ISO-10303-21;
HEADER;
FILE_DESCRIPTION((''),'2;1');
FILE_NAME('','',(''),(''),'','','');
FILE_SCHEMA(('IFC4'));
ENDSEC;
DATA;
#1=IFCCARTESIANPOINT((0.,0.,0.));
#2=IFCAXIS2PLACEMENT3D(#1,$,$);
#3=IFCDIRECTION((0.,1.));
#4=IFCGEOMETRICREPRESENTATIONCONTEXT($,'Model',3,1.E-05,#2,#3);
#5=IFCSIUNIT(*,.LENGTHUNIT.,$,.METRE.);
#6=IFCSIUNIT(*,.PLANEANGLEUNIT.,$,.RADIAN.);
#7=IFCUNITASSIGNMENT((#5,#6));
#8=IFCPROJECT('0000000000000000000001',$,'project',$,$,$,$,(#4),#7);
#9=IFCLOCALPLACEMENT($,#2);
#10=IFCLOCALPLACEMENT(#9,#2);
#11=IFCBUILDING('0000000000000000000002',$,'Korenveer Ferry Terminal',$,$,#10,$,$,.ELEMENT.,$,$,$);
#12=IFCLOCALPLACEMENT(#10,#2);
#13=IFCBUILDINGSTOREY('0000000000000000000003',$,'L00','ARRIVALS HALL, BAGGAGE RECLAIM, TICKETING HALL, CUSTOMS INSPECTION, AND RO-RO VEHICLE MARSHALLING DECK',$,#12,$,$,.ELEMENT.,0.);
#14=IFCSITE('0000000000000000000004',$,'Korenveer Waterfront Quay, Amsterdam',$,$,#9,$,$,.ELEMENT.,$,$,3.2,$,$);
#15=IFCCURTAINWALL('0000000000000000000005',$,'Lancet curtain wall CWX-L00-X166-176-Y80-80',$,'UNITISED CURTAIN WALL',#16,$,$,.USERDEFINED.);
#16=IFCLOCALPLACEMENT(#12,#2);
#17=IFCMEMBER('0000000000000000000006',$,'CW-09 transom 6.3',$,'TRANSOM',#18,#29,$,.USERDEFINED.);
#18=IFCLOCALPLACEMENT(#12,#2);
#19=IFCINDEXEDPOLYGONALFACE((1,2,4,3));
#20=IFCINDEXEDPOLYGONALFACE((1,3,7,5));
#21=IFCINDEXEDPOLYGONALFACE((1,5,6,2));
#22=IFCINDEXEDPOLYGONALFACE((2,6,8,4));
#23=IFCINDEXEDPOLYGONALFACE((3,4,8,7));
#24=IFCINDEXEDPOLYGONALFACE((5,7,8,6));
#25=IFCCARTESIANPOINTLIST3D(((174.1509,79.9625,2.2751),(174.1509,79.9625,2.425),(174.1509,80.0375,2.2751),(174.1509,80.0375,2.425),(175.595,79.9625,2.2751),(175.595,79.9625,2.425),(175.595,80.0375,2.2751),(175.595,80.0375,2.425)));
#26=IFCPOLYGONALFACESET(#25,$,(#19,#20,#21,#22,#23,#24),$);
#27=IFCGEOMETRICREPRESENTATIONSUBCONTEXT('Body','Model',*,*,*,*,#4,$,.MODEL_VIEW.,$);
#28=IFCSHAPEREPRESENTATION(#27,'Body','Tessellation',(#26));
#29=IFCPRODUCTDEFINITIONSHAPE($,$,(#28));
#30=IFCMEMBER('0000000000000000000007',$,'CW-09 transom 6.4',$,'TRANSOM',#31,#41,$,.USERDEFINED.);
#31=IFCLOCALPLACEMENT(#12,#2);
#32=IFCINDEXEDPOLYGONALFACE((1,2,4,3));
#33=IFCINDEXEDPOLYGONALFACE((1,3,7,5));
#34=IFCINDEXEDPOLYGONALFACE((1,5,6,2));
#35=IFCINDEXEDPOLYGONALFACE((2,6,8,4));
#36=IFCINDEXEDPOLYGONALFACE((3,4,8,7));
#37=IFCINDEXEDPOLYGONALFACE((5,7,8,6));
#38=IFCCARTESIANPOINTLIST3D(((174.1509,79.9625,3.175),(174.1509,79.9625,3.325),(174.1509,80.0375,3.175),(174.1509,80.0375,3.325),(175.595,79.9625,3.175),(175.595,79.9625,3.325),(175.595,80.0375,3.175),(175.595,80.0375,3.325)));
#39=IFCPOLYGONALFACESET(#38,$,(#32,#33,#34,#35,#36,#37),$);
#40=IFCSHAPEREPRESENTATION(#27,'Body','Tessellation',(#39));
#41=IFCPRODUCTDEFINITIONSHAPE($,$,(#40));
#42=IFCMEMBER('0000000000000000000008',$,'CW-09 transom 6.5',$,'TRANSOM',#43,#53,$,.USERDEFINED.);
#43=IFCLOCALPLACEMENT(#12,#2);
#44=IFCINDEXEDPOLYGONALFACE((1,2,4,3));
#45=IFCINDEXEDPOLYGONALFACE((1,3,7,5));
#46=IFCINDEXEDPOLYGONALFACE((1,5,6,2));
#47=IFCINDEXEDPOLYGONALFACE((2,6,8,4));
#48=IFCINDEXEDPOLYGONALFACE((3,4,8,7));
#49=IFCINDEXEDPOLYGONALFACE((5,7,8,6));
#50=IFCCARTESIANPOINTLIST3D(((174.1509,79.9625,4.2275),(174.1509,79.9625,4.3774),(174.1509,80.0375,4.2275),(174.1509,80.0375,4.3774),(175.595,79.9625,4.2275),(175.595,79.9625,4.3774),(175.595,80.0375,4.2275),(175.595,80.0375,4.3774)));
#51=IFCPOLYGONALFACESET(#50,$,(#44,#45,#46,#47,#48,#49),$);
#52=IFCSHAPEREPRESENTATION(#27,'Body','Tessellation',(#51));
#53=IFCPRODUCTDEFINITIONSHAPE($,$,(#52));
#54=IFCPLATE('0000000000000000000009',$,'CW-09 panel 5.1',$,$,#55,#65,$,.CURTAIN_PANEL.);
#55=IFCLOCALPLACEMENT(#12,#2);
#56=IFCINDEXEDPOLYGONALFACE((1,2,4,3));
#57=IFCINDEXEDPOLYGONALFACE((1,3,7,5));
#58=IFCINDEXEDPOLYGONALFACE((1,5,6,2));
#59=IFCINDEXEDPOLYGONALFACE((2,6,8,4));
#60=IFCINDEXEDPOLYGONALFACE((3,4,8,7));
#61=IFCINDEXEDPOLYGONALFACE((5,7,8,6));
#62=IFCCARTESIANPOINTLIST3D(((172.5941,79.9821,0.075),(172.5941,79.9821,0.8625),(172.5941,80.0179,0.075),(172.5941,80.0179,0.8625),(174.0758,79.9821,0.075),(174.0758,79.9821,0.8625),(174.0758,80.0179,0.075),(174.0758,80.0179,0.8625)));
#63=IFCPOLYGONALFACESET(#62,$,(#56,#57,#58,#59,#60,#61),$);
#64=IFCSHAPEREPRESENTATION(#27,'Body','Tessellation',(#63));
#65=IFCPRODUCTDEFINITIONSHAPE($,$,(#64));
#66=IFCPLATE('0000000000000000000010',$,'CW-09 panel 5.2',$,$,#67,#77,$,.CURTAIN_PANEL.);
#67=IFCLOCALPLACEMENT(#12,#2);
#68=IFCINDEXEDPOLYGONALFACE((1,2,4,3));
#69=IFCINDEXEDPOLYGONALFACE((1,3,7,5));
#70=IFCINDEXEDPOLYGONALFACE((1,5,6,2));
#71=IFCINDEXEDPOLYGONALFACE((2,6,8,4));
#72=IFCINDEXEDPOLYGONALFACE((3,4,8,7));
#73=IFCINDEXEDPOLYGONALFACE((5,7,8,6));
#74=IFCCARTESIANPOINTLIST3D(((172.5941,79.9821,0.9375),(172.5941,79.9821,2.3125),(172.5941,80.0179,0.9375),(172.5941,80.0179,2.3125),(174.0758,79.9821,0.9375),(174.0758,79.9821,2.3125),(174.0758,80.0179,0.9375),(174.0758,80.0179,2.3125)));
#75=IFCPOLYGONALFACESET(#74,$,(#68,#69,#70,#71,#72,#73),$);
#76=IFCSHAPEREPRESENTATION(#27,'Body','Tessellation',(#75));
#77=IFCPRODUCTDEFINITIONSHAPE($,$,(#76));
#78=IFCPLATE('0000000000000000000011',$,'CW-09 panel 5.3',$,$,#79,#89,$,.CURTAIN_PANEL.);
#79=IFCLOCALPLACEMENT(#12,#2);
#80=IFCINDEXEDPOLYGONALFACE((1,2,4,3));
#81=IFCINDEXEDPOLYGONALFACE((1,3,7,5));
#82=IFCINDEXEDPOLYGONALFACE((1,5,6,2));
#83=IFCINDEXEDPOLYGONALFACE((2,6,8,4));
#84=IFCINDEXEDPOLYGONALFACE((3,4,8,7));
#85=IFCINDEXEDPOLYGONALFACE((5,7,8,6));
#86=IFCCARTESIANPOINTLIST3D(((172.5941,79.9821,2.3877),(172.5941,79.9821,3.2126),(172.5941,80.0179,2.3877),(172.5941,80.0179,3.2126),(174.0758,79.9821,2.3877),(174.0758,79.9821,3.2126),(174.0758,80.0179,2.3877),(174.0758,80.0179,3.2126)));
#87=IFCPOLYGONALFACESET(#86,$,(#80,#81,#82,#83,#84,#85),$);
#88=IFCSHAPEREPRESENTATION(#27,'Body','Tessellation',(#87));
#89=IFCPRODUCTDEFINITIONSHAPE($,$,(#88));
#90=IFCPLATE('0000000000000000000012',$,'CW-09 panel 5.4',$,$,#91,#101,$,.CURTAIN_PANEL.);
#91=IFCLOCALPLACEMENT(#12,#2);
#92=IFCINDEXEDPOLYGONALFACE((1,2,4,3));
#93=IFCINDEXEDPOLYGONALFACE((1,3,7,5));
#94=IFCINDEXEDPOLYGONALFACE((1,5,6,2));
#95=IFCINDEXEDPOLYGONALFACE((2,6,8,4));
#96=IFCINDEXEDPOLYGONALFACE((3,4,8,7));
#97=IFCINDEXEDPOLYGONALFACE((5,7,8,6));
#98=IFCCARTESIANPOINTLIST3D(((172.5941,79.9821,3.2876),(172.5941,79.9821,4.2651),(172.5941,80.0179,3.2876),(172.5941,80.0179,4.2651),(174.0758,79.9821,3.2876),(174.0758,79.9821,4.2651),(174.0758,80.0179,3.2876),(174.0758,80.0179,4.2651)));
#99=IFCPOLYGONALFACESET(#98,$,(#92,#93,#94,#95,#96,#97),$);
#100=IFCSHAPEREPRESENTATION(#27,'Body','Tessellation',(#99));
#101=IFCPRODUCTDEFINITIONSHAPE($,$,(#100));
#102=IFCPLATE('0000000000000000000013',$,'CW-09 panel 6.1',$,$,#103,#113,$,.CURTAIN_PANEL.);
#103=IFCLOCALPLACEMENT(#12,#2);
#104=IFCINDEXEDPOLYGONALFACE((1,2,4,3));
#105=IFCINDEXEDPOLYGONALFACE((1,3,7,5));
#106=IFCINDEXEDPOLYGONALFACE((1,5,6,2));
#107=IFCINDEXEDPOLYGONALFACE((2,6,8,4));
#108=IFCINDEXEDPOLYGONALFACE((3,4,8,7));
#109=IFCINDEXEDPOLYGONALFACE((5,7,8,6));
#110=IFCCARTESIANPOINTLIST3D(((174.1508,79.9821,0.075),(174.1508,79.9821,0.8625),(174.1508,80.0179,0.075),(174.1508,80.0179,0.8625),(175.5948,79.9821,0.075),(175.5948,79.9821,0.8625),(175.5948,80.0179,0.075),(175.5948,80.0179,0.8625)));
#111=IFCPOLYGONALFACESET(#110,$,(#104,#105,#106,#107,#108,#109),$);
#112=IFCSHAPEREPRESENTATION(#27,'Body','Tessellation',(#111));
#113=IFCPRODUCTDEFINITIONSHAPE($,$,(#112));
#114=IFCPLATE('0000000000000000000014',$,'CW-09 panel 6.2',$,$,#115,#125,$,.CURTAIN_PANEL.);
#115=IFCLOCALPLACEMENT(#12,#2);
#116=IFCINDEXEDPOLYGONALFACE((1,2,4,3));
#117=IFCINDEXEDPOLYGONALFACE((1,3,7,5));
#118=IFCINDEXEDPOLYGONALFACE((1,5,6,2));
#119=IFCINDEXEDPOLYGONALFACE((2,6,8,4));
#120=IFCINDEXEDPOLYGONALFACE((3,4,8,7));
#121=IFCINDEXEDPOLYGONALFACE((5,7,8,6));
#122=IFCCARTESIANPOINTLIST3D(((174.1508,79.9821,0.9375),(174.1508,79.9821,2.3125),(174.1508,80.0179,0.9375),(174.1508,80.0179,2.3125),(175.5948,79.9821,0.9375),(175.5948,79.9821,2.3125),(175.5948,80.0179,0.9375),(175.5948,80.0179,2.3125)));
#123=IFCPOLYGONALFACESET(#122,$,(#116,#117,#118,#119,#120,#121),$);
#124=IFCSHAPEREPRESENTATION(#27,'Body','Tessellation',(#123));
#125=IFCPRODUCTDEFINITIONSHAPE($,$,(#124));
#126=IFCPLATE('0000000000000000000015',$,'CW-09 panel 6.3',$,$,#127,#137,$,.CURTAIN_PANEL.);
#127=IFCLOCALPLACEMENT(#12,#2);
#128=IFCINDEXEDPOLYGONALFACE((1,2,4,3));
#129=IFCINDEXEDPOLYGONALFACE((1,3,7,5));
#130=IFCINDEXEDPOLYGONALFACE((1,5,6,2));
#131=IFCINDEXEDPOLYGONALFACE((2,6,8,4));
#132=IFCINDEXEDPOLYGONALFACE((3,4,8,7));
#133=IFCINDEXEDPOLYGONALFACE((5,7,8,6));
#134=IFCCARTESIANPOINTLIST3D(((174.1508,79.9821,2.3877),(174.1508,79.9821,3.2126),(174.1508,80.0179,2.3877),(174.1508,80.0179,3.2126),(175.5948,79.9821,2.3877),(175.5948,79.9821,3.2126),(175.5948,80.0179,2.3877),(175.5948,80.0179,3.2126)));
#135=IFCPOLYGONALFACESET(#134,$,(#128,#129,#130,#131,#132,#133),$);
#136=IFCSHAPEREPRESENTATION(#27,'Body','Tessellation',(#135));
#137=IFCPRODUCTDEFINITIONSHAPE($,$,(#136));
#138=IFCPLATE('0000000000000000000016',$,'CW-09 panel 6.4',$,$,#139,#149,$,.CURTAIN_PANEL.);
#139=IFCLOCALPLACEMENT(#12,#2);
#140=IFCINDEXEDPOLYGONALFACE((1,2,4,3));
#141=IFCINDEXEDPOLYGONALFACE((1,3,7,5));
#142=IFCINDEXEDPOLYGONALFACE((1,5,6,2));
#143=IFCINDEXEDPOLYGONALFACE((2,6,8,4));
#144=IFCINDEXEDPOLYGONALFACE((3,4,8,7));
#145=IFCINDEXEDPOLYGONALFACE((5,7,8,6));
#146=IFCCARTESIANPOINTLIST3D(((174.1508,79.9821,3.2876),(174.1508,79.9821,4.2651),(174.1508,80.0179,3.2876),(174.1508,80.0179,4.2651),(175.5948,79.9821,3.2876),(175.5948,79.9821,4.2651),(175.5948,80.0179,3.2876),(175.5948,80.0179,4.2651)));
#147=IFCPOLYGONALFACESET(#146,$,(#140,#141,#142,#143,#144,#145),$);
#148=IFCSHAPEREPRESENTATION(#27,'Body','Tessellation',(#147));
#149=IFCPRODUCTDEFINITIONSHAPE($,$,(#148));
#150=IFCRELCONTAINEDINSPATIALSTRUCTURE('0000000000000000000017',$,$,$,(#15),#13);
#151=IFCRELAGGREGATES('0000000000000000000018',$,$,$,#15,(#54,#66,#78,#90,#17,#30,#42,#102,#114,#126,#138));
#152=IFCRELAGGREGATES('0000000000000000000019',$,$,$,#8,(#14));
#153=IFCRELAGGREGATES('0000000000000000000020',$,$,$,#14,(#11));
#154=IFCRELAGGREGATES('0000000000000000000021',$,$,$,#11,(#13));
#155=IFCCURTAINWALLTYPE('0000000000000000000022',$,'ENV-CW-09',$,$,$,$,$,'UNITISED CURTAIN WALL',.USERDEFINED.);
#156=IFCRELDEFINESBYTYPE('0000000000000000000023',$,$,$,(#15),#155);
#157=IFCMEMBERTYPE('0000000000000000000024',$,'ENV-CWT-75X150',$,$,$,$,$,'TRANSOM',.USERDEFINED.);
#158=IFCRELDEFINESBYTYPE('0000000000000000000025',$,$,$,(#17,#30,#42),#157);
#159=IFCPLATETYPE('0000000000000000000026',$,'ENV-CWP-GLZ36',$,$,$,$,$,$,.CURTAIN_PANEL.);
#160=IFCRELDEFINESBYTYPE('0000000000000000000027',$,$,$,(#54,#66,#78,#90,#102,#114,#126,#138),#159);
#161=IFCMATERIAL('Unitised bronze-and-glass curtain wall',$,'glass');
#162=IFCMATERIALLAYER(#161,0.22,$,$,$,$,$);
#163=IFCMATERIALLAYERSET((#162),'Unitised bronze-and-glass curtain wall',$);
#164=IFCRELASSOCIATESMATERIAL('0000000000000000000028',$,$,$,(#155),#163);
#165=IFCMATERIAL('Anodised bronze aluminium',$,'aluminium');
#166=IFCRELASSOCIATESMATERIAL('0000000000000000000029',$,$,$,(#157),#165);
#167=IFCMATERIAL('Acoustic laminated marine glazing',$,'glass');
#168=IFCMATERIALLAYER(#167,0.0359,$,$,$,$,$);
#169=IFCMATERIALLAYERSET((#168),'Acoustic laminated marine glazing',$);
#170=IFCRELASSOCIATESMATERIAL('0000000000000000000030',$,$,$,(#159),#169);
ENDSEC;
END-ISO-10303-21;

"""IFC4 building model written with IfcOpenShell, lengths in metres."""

from ifc_helpers import new_model, si_unit, direction, frame, origin, origin_2d, place, context, subcontext, project, spatial, rectangle, extrude, material, layer, layer_set, material_profile, profile_set, type_object, element, aggregate, save


model = new_model("IFC4")

# Units and contexts
model_context = context("Model", 3, precision=1e-05, world=origin(), true_north=direction((0.0, 1.0)))
body_context = subcontext(model_context, "Body", "Model", "MODEL_VIEW")
ifc_project = project(units=[si_unit("LENGTHUNIT", "METRE"), si_unit("PLANEANGLEUNIT", "RADIAN")], contexts=[model_context])

# Site, building, storey
site_placement = place(None, origin())
site = spatial("IfcSite", under=ifc_project, at=site_placement, Name="Korenveer Waterfront Quay, Amsterdam", CompositionType="ELEMENT", RefElevation=3.2)
building_placement = place(site_placement, origin())
building = spatial("IfcBuilding", under=site, at=building_placement, Name="Korenveer Ferry Terminal", CompositionType="ELEMENT")
storey_placement = place(building_placement, origin())
storey = spatial("IfcBuildingStorey", under=building, at=storey_placement, Name="L00", Description="ARRIVALS HALL, BAGGAGE RECLAIM, TICKETING HALL, CUSTOMS INSPECTION, AND RO-RO VEHICLE MARSHALLING DECK", CompositionType="ELEMENT", Elevation=0.0)

# Curtain wall, members, plates
ifc_material_1 = material(Name="Unitised bronze-and-glass curtain wall", Category="glass")
ifc_layer_1 = layer(ifc_material_1, 0.22)
ifc_layer_set_1 = layer_set([ifc_layer_1], Name="Unitised bronze-and-glass curtain wall")
curtain_wall_type = type_object("IfcCurtainWallType", Name="ENV-CW-09", ElementType="UNITISED CURTAIN WALL", PredefinedType="USERDEFINED", material=ifc_layer_set_1)
curtain_wall_placement = place(storey_placement, frame((166.3301, 80.0, 0.0)))
curtain_wall = element("IfcCurtainWall", 1, at=curtain_wall_placement, inside=storey, type_object=curtain_wall_type, Name="Lancet curtain wall CWX-L00-X166-176-Y80-80", ObjectType="UNITISED CURTAIN WALL", PredefinedType="USERDEFINED")
ifc_material_2 = material(Name="Anodised bronze aluminium", Category="aluminium")
ifc_material_profile_1 = material_profile(ifc_material_2, rectangle(XDim=0.075, YDim=0.1499, at=origin_2d()), Name="ALU 75x150")
ifc_profile_set_1 = profile_set([ifc_material_profile_1], Name="Anodised bronze aluminium")
member_type_1 = type_object("IfcMemberType", Name="ENV-CWT-75X150", ElementType="TRANSOM", PredefinedType="USERDEFINED", material=ifc_profile_set_1)
member_1_placement = place(storey_placement, frame((174.1509, 80.0, 2.3501), z_axis=(1.0, 0.0, 0.0), x_axis=(0.0, 1.0, 0.0)))
member_1 = element("IfcMember", 2, at=member_1_placement, type_object=member_type_1, Name="CW-09 transom 6.3", ObjectType="TRANSOM", PredefinedType="USERDEFINED", context=body_context, shape_type="SweptSolid", body=[
    extrude(rectangle(XDim=0.075, YDim=0.1499, at=origin_2d()), origin(), (0.0, 0.0, 1.0), 1.4441),
])
member_2_placement = place(storey_placement, frame((174.1509, 80.0, 3.25), z_axis=(1.0, 0.0, 0.0), x_axis=(0.0, 1.0, 0.0)))
member_2 = element("IfcMember", 3, at=member_2_placement, type_object=member_type_1, Name="CW-09 transom 6.4", ObjectType="TRANSOM", PredefinedType="USERDEFINED", context=body_context, shape_type="SweptSolid", body=[
    extrude(rectangle(XDim=0.075, YDim=0.1499, at=origin_2d()), origin(), (0.0, 0.0, 1.0), 1.4441),
])
member_3_placement = place(storey_placement, frame((174.1509, 80.0, 4.3025), z_axis=(1.0, 0.0, 0.0), x_axis=(0.0, 1.0, 0.0)))
member_3 = element("IfcMember", 4, at=member_3_placement, type_object=member_type_1, Name="CW-09 transom 6.5", ObjectType="TRANSOM", PredefinedType="USERDEFINED", context=body_context, shape_type="SweptSolid", body=[
    extrude(rectangle(XDim=0.075, YDim=0.1499, at=origin_2d()), origin(), (0.0, 0.0, 1.0), 1.4441),
])
ifc_material_3 = material(Name="Acoustic laminated marine glazing", Category="glass")
ifc_layer_2 = layer(ifc_material_3, 0.0359)
ifc_layer_set_2 = layer_set([ifc_layer_2], Name="Acoustic laminated marine glazing")
plate_type = type_object("IfcPlateType", Name="ENV-CWP-GLZ36", PredefinedType="CURTAIN_PANEL", material=ifc_layer_set_2)
plate_1_placement = place(storey_placement, frame((173.335, 80.0, 0.075), z_axis=(0.0, 0.0, 1.0), x_axis=(1.0, 0.0, 0.0)))
plate_1 = element("IfcPlate", 5, at=plate_1_placement, type_object=plate_type, Name="CW-09 panel 5.1", PredefinedType="CURTAIN_PANEL", context=body_context, shape_type="SweptSolid", body=[
    extrude(rectangle(XDim=1.4817, YDim=0.0359, at=origin_2d()), origin(), (0.0, 0.0, 1.0), 0.7876),
])
plate_2_placement = place(storey_placement, frame((173.335, 80.0, 0.9375), z_axis=(0.0, 0.0, 1.0), x_axis=(1.0, 0.0, 0.0)))
plate_2 = element("IfcPlate", 6, at=plate_2_placement, type_object=plate_type, Name="CW-09 panel 5.2", PredefinedType="CURTAIN_PANEL", context=body_context, shape_type="SweptSolid", body=[
    extrude(rectangle(XDim=1.4817, YDim=0.0359, at=origin_2d()), origin(), (0.0, 0.0, 1.0), 1.375),
])
plate_3_placement = place(storey_placement, frame((173.335, 80.0, 2.3877), z_axis=(0.0, 0.0, 1.0), x_axis=(1.0, 0.0, 0.0)))
plate_3 = element("IfcPlate", 7, at=plate_3_placement, type_object=plate_type, Name="CW-09 panel 5.3", PredefinedType="CURTAIN_PANEL", context=body_context, shape_type="SweptSolid", body=[
    extrude(rectangle(XDim=1.4817, YDim=0.0359, at=origin_2d()), origin(), (0.0, 0.0, 1.0), 0.825),
])
plate_4_placement = place(storey_placement, frame((173.335, 80.0, 3.2876), z_axis=(0.0, 0.0, 1.0), x_axis=(1.0, 0.0, 0.0)))
plate_4 = element("IfcPlate", 8, at=plate_4_placement, type_object=plate_type, Name="CW-09 panel 5.4", PredefinedType="CURTAIN_PANEL", context=body_context, shape_type="SweptSolid", body=[
    extrude(rectangle(XDim=1.4817, YDim=0.0359, at=origin_2d()), origin(), (0.0, 0.0, 1.0), 0.9775),
])
plate_5_placement = place(storey_placement, frame((174.8728, 80.0, 0.075), z_axis=(0.0, 0.0, 1.0), x_axis=(1.0, 0.0, 0.0)))
plate_5 = element("IfcPlate", 9, at=plate_5_placement, type_object=plate_type, Name="CW-09 panel 6.1", PredefinedType="CURTAIN_PANEL", context=body_context, shape_type="SweptSolid", body=[
    extrude(rectangle(XDim=1.4441, YDim=0.0359, at=origin_2d()), origin(), (0.0, 0.0, 1.0), 0.7876),
])
plate_6_placement = place(storey_placement, frame((174.8728, 80.0, 0.9375), z_axis=(0.0, 0.0, 1.0), x_axis=(1.0, 0.0, 0.0)))
plate_6 = element("IfcPlate", 10, at=plate_6_placement, type_object=plate_type, Name="CW-09 panel 6.2", PredefinedType="CURTAIN_PANEL", context=body_context, shape_type="SweptSolid", body=[
    extrude(rectangle(XDim=1.4441, YDim=0.0359, at=origin_2d()), origin(), (0.0, 0.0, 1.0), 1.375),
])
plate_7_placement = place(storey_placement, frame((174.8728, 80.0, 2.3877), z_axis=(0.0, 0.0, 1.0), x_axis=(1.0, 0.0, 0.0)))
plate_7 = element("IfcPlate", 11, at=plate_7_placement, type_object=plate_type, Name="CW-09 panel 6.3", PredefinedType="CURTAIN_PANEL", context=body_context, shape_type="SweptSolid", body=[
    extrude(rectangle(XDim=1.4441, YDim=0.0359, at=origin_2d()), origin(), (0.0, 0.0, 1.0), 0.825),
])
plate_8_placement = place(storey_placement, frame((174.8728, 80.0, 3.2876), z_axis=(0.0, 0.0, 1.0), x_axis=(1.0, 0.0, 0.0)))
plate_8 = element("IfcPlate", 12, at=plate_8_placement, type_object=plate_type, Name="CW-09 panel 6.4", PredefinedType="CURTAIN_PANEL", context=body_context, shape_type="SweptSolid", body=[
    extrude(rectangle(XDim=1.4441, YDim=0.0359, at=origin_2d()), origin(), (0.0, 0.0, 1.0), 0.9775),
])
aggregate(curtain_wall, [plate_1, plate_2, plate_3, plate_4, member_1, member_2, member_3, plate_5, plate_6, plate_7, plate_8])

save(model, "model.ifc")
